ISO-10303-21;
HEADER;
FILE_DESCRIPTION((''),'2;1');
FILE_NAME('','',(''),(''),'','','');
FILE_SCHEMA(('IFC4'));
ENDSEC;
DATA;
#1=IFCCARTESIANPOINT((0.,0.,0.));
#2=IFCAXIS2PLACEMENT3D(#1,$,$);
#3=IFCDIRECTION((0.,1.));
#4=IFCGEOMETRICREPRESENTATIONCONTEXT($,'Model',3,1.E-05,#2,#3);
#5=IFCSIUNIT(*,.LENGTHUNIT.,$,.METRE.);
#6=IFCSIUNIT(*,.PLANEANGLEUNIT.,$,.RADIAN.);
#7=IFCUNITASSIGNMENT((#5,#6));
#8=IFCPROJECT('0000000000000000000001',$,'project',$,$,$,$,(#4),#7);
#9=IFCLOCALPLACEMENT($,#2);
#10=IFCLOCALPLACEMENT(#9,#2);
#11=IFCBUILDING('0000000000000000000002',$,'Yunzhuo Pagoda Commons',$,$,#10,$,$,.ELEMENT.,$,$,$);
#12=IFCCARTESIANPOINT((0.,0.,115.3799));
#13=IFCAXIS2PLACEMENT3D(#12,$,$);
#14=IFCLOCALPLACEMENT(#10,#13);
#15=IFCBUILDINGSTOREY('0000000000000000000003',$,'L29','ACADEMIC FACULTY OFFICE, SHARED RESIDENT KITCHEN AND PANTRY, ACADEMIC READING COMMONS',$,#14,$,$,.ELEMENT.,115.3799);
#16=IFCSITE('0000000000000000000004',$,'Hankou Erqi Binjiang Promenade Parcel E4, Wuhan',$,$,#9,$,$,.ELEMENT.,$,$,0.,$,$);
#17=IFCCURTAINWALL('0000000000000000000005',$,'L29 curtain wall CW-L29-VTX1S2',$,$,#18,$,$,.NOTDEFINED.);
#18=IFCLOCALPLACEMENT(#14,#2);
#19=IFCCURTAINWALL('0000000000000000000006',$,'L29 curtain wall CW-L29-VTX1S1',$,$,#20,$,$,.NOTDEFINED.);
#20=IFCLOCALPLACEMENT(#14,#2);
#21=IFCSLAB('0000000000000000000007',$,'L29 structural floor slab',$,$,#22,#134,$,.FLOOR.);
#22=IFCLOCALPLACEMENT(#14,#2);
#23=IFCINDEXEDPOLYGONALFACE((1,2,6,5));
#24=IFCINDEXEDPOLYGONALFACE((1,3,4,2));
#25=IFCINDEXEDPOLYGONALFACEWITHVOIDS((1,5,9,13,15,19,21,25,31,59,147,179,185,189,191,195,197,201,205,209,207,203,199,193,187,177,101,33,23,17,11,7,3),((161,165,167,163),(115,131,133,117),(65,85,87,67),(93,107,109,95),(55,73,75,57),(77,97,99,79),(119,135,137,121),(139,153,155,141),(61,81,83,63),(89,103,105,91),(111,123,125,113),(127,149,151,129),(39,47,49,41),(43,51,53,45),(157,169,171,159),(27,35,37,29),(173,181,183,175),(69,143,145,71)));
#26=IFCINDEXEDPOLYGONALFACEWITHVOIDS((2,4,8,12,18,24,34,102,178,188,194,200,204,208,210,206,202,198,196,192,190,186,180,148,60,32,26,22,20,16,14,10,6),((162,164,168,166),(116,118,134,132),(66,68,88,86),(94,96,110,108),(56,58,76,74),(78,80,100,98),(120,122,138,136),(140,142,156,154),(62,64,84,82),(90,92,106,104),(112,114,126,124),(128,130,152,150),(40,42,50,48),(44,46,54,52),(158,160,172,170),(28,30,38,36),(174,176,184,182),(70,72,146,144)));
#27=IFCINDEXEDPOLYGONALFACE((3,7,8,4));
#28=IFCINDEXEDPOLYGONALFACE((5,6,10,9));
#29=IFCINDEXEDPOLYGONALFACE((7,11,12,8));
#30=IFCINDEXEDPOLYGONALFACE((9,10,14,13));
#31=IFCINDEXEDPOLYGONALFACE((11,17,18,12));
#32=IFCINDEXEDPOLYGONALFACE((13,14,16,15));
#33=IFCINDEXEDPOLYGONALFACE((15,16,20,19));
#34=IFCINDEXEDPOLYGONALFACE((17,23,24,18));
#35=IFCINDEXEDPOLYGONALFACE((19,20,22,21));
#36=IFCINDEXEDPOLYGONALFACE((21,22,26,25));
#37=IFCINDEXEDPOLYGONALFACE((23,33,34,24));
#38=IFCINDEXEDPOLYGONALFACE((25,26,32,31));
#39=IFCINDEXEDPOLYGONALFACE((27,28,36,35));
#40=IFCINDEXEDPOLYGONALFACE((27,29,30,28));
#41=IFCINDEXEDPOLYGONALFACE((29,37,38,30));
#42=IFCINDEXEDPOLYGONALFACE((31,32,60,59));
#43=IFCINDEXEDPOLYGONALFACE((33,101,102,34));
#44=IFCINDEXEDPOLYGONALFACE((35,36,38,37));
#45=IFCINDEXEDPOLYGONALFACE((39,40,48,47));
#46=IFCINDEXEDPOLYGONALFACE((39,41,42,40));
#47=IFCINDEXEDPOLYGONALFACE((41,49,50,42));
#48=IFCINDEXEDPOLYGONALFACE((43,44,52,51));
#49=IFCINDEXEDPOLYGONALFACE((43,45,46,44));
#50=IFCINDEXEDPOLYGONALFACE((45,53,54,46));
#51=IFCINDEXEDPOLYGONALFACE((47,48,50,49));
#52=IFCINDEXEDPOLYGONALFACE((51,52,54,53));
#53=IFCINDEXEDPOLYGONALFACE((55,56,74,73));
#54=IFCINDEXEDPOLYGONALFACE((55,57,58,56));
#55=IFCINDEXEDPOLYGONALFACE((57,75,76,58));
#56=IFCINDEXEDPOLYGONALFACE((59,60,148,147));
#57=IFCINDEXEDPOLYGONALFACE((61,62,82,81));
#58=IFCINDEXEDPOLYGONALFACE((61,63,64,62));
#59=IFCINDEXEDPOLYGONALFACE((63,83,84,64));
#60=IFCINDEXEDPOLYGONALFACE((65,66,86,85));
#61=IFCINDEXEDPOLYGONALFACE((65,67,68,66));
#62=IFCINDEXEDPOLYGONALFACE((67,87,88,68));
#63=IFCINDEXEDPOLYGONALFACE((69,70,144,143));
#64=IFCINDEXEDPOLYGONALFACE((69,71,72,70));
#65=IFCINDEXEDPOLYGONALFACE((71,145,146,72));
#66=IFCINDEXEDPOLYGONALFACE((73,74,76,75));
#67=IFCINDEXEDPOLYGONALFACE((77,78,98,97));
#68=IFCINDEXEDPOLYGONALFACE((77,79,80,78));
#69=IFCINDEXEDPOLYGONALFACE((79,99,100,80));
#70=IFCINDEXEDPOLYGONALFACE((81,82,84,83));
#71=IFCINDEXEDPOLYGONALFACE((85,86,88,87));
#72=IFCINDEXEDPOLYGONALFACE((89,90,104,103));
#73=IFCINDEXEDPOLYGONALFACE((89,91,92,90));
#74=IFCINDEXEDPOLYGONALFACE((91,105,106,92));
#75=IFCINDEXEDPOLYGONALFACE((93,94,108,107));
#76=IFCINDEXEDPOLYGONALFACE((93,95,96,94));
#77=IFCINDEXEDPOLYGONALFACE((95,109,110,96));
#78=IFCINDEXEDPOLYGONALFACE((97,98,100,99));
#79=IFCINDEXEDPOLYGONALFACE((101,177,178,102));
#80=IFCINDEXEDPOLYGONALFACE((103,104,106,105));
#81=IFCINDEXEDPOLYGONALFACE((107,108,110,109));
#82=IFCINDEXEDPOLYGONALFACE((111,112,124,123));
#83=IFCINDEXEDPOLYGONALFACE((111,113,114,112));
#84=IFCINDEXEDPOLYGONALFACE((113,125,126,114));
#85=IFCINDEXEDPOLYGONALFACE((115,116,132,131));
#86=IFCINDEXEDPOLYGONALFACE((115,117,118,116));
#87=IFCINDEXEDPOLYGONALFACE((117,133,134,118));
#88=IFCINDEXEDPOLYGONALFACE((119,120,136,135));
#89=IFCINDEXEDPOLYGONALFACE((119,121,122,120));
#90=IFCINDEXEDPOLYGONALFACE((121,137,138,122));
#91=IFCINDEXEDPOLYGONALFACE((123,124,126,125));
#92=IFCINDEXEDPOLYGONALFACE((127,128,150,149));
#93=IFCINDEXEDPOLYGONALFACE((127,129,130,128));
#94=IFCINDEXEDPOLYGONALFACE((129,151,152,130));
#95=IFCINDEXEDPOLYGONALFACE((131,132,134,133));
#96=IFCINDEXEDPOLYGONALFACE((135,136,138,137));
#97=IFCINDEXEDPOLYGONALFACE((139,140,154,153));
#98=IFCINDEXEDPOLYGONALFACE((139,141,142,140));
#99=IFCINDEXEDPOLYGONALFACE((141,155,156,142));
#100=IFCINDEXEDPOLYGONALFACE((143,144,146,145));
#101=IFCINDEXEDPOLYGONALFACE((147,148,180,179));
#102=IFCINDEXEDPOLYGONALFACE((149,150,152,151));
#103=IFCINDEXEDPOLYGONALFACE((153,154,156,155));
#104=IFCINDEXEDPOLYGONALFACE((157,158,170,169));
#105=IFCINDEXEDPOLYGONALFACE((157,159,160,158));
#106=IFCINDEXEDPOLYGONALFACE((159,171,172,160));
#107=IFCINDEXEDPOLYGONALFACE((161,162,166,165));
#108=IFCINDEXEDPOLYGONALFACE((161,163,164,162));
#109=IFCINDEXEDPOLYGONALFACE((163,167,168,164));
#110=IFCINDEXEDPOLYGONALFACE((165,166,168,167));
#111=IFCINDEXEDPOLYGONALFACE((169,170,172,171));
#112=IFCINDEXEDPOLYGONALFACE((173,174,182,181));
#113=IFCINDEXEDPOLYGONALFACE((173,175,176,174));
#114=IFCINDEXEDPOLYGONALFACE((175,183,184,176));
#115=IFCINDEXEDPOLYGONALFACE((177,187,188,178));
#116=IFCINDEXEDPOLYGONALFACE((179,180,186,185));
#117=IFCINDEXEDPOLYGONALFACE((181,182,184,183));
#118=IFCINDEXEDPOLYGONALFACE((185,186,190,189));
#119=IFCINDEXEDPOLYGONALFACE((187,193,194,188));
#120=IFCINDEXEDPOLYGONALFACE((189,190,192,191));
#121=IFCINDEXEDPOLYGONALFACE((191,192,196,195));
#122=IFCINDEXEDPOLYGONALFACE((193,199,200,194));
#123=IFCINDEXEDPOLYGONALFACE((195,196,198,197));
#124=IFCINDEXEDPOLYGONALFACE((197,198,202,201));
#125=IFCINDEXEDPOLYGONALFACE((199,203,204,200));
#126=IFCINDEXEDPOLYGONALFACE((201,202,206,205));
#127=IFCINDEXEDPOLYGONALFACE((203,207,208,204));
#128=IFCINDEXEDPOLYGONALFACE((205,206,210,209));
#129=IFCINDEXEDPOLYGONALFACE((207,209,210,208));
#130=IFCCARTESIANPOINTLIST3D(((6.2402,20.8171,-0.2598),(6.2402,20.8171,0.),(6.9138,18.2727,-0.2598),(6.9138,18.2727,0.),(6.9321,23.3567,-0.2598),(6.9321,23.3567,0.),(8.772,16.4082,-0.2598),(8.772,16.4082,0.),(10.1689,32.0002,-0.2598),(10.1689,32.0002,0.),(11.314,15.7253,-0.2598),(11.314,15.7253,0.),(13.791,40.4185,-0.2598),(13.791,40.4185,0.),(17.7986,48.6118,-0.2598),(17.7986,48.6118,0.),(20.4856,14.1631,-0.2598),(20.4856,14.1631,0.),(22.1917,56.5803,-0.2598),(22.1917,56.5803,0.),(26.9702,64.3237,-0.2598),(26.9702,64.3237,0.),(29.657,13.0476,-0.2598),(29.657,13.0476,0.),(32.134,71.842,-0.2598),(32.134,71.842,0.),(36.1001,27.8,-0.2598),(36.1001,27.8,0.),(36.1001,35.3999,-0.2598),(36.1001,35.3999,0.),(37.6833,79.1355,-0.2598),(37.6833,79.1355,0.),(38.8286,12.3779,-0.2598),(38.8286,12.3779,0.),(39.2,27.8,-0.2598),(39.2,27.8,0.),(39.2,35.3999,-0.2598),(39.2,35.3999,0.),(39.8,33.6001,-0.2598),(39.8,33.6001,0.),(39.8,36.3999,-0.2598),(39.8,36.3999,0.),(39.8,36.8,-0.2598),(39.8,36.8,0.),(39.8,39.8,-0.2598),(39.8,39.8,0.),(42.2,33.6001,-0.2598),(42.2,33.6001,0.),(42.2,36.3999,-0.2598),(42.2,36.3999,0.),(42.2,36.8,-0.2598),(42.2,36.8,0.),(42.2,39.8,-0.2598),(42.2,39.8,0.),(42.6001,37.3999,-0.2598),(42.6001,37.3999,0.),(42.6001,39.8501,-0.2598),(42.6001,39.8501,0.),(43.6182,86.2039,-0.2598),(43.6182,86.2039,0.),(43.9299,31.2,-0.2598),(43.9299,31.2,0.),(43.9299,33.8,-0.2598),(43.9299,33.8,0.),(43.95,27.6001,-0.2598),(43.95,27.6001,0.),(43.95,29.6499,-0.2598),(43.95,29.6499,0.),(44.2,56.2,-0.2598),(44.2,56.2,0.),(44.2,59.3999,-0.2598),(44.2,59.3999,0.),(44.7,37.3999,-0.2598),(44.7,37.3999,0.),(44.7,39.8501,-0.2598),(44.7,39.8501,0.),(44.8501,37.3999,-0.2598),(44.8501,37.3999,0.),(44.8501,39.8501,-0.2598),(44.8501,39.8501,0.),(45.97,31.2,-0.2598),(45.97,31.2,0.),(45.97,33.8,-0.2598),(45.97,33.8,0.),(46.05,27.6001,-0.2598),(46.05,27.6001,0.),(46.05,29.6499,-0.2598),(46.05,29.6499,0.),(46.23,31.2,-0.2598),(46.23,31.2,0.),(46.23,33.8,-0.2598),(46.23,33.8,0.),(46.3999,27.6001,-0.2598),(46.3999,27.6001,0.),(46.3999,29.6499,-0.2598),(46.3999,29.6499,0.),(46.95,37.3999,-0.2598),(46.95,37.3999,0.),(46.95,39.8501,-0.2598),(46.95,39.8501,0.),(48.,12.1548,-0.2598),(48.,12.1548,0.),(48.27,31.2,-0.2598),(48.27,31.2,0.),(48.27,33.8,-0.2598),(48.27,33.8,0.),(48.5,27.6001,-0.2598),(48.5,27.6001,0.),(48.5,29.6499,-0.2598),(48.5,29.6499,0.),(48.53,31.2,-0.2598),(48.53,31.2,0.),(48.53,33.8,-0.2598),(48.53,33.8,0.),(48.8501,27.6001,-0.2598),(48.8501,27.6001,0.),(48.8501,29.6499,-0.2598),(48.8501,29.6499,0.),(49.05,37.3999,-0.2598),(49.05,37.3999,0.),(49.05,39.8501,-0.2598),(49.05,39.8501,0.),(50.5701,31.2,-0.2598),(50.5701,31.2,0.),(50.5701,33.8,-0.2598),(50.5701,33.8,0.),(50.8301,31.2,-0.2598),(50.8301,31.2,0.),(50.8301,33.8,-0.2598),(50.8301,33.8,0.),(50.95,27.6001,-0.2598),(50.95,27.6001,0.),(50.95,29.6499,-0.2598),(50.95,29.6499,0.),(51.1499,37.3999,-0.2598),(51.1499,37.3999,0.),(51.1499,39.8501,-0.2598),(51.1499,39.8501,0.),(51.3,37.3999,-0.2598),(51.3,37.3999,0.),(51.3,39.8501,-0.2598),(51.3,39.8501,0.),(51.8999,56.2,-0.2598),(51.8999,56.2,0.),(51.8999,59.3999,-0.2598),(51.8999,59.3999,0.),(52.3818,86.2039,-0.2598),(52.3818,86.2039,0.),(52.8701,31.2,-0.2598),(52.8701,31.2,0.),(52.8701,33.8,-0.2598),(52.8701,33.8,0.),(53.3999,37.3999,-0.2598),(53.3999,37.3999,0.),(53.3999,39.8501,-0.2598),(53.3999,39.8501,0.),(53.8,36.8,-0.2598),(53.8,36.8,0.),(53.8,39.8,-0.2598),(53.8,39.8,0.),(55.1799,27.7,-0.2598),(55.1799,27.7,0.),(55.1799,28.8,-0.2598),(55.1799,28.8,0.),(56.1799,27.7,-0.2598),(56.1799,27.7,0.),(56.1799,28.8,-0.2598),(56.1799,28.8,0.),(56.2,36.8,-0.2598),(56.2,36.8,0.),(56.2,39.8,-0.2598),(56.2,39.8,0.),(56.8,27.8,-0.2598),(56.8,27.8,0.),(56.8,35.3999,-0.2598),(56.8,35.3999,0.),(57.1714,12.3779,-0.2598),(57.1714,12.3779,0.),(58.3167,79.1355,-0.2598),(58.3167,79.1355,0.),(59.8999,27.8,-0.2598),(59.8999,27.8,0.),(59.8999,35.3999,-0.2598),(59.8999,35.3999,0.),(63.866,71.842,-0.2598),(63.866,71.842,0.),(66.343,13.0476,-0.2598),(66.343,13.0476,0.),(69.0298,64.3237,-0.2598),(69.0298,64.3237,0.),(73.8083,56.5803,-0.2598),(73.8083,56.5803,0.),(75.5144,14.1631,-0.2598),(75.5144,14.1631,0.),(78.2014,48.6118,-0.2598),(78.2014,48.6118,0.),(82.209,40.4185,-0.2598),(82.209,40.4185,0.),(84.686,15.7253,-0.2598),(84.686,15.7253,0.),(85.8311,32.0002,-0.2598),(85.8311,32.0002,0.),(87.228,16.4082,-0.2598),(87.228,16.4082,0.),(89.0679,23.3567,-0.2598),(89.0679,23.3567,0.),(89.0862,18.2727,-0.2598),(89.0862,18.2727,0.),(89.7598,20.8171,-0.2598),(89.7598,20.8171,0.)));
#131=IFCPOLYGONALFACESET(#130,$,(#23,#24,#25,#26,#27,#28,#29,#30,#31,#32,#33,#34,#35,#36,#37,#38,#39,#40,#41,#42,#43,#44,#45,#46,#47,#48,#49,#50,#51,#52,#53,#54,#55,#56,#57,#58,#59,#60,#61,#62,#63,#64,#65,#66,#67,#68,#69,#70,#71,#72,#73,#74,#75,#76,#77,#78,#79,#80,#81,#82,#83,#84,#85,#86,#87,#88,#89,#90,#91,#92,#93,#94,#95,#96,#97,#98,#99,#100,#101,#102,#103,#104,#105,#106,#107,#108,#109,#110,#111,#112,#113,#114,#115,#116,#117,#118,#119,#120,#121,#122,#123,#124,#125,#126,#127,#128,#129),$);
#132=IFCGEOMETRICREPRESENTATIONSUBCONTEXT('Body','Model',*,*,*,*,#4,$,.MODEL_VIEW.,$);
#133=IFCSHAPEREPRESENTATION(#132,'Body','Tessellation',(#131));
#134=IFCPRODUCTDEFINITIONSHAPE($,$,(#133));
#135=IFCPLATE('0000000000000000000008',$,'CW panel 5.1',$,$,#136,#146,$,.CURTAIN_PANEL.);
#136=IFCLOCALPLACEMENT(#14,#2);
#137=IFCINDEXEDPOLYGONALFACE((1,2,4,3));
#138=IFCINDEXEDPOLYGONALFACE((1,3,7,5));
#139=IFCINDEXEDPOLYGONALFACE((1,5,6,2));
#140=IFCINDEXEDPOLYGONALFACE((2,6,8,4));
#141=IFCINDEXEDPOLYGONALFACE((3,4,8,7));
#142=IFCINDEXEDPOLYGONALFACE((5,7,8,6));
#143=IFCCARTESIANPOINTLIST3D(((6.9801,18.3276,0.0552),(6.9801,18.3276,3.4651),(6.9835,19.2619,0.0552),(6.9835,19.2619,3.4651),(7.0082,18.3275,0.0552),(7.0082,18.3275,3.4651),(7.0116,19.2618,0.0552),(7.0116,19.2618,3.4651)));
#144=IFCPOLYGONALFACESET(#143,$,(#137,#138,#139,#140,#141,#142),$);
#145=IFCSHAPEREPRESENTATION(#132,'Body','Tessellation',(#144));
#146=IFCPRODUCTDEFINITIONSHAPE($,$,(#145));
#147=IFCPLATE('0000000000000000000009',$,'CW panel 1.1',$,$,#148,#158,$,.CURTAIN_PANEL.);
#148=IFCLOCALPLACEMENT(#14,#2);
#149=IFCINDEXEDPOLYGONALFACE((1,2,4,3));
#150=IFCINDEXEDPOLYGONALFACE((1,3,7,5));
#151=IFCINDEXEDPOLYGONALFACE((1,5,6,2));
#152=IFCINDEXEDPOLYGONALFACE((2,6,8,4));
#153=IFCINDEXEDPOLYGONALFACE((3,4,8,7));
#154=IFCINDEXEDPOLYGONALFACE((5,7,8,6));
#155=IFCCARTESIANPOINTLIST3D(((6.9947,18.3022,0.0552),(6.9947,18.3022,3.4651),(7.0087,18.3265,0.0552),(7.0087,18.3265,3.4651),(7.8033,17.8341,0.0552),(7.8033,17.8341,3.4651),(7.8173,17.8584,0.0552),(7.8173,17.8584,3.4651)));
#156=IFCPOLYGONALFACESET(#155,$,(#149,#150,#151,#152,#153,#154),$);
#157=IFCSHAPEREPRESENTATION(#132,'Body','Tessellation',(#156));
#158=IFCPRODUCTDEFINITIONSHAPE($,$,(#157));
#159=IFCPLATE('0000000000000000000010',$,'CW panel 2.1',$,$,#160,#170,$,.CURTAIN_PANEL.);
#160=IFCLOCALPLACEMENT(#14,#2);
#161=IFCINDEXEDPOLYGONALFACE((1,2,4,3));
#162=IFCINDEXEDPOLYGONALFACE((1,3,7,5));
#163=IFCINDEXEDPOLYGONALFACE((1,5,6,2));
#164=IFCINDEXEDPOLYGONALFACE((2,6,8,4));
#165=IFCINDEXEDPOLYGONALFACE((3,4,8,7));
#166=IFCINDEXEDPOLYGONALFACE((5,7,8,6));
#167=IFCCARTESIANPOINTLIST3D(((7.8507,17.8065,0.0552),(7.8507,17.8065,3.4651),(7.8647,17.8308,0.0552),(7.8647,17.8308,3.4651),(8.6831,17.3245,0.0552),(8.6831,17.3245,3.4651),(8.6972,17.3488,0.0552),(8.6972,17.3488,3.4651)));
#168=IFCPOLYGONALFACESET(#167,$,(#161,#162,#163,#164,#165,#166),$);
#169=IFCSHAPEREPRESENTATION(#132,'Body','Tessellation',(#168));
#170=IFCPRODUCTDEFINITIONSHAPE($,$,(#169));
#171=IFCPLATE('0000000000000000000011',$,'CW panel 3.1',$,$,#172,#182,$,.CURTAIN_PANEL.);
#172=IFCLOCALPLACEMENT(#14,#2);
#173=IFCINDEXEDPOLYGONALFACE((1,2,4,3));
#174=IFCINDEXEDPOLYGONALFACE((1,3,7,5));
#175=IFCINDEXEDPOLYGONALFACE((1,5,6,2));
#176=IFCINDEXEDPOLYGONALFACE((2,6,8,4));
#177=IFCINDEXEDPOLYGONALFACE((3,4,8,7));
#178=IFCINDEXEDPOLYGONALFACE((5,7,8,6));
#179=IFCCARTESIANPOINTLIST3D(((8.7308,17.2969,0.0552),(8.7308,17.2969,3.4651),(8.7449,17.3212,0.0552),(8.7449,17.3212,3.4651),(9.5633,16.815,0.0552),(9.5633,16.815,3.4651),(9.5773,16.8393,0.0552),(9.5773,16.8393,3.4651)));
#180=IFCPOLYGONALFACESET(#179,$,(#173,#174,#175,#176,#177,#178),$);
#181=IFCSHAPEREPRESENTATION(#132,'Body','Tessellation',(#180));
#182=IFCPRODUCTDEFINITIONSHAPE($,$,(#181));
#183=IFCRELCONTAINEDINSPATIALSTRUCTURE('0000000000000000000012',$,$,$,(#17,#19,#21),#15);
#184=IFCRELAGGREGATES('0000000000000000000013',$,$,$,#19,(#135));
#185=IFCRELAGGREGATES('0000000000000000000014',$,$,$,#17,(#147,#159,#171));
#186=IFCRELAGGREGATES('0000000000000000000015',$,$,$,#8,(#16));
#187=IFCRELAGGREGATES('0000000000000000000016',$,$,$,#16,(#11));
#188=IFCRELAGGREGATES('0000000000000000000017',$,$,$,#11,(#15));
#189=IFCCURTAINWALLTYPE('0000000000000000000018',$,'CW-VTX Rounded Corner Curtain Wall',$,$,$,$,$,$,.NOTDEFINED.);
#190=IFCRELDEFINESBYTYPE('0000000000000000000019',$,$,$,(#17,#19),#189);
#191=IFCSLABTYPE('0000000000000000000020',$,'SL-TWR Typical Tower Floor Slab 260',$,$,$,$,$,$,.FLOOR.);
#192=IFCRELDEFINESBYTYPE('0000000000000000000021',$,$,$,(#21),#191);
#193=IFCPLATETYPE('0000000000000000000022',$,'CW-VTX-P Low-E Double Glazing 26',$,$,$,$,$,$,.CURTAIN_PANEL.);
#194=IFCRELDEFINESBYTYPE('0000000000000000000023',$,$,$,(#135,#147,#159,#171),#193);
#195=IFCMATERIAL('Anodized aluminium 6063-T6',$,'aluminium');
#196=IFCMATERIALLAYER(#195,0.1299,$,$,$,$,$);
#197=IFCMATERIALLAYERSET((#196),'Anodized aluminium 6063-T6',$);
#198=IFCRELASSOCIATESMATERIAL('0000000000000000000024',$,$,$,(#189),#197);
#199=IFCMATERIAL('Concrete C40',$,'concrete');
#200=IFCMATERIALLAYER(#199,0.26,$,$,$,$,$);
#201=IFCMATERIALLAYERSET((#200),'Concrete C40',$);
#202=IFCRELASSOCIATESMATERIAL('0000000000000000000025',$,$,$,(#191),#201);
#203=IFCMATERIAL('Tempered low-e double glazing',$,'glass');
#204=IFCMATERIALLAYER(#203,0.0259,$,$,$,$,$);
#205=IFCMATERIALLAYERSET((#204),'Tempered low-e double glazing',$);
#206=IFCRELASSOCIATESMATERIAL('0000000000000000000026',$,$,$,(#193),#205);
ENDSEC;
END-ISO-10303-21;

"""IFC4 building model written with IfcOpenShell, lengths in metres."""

from ifc_helpers import new_model, si_unit, direction, frame, origin, origin_2d, place, context, subcontext, project, spatial, polyline, rectangle, outline, extrude, source, transform, mapped, material, layer, layer_set, type_object, element, aggregate, save


model = new_model("IFC4")

# Units and contexts
model_context = context("Model", 3, precision=1e-05, world=origin(), true_north=direction((0.0, 1.0)))
body_context = subcontext(model_context, "Body", "Model", "MODEL_VIEW")
ifc_project = project(units=[si_unit("LENGTHUNIT", "METRE"), si_unit("PLANEANGLEUNIT", "RADIAN")], contexts=[model_context])

# Site, building, storey
site_placement = place(None, origin())
site = spatial("IfcSite", under=ifc_project, at=site_placement, Name="Hankou Erqi Binjiang Promenade Parcel E4, Wuhan", CompositionType="ELEMENT", RefElevation=0.0)
building_placement = place(site_placement, origin())
building = spatial("IfcBuilding", under=site, at=building_placement, Name="Yunzhuo Pagoda Commons", CompositionType="ELEMENT")
storey_placement = place(building_placement, frame((0.0, 0.0, 115.3799)))
storey = spatial("IfcBuildingStorey", under=building, at=storey_placement, Name="L29", Description="ACADEMIC FACULTY OFFICE, SHARED RESIDENT KITCHEN AND PANTRY, ACADEMIC READING COMMONS", CompositionType="ELEMENT", Elevation=115.3799)

# Curtain wall
ifc_material_1 = material(Name="Anodized aluminium 6063-T6", Category="aluminium")
ifc_layer_1 = layer(ifc_material_1, 0.1299)
ifc_layer_set_1 = layer_set([ifc_layer_1], Name="Anodized aluminium 6063-T6")
curtain_wall_type = type_object("IfcCurtainWallType", Name="CW-VTX Rounded Corner Curtain Wall", PredefinedType="NOTDEFINED", material=ifc_layer_set_1)
curtain_wall_1_placement = place(storey_placement, origin())
curtain_wall_1 = element("IfcCurtainWall", 1, at=curtain_wall_1_placement, inside=storey, type_object=curtain_wall_type, Name="L29 curtain wall CW-L29-VTX1S2", PredefinedType="NOTDEFINED")

# Curtain wall
curtain_wall_2_placement = place(storey_placement, origin())
curtain_wall_2 = element("IfcCurtainWall", 2, at=curtain_wall_2_placement, inside=storey, type_object=curtain_wall_type, Name="L29 curtain wall CW-L29-VTX1S1", PredefinedType="NOTDEFINED")

# Shared definitions
ifc_material_2 = material(Name="Concrete C40", Category="concrete")

# Slab
ifc_layer_2 = layer(ifc_material_2, 0.26)
ifc_layer_set_2 = layer_set([ifc_layer_2], Name="Concrete C40")
slab_type_1 = type_object("IfcSlabType", Name="SL-TWR Typical Tower Floor Slab 260", PredefinedType="FLOOR", material=ifc_layer_set_2)
slab_1_placement = place(storey_placement, frame((0.0, 0.0, -0.2598)))
element("IfcSlab", 3, at=slab_1_placement, inside=storey, type_object=slab_type_1, Name="L29 structural floor slab", PredefinedType="FLOOR", context=body_context, shape_type="SweptSolid", body=[
    extrude(outline(polyline([(10.1689, 32.0002), (13.791, 40.4185), (17.7986, 48.6118), (22.1917, 56.5803), (26.9702, 64.3237), (32.134, 71.842), (37.6833, 79.1355), (43.6182, 86.2039), (52.3818, 86.2039), (58.3167, 79.1355), (63.866, 71.842), (69.0298, 64.3237), (73.8083, 56.5803), (78.2014, 48.6118), (82.209, 40.4185), (85.8311, 32.0002), (89.0679, 23.3567), (89.7598, 20.8171), (89.0862, 18.2727), (87.228, 16.4082), (84.686, 15.7253), (75.5144, 14.1631), (66.343, 13.0476), (57.1714, 12.3779), (48.0, 12.1548), (38.8286, 12.3779), (29.657, 13.0476), (20.4856, 14.1631), (11.314, 15.7253), (8.772, 16.4082), (6.9138, 18.2727), (6.2402, 20.8171), (6.9321, 23.3567), (10.1689, 32.0002)]), holes=[polyline([(46.05, 27.6001), (46.05, 29.6499), (43.95, 29.6499), (43.95, 27.6001), (46.05, 27.6001)]), polyline([(48.5, 27.6001), (48.5, 29.6499), (46.3999, 29.6499), (46.3999, 27.6001), (48.5, 27.6001)]), polyline([(36.1001, 27.8), (39.2, 27.8), (39.2, 35.3999), (36.1001, 35.3999), (36.1001, 27.8)]), polyline([(45.97, 31.2), (45.97, 33.8), (43.9299, 33.8), (43.9299, 31.2), (45.97, 31.2)]), polyline([(48.27, 31.2), (48.27, 33.8), (46.23, 33.8), (46.23, 31.2), (48.27, 31.2)]), polyline([(42.2, 33.6001), (42.2, 36.3999), (39.8, 36.3999), (39.8, 33.6001), (42.2, 33.6001)]), polyline([(42.2, 36.8), (42.2, 39.8), (39.8, 39.8), (39.8, 36.8), (42.2, 36.8)]), polyline([(42.6001, 37.3999), (44.7, 37.3999), (44.7, 39.8501), (42.6001, 39.8501), (42.6001, 37.3999)]), polyline([(44.8501, 37.3999), (46.95, 37.3999), (46.95, 39.8501), (44.8501, 39.8501), (44.8501, 37.3999)]), polyline([(56.1799, 27.7), (56.1799, 28.8), (55.1799, 28.8), (55.1799, 27.7), (56.1799, 27.7)]), polyline([(50.95, 27.6001), (50.95, 29.6499), (48.8501, 29.6499), (48.8501, 27.6001), (50.95, 27.6001)]), polyline([(56.8, 27.8), (59.8999, 27.8), (59.8999, 35.3999), (56.8, 35.3999), (56.8, 27.8)]), polyline([(50.5701, 31.2), (50.5701, 33.8), (48.53, 33.8), (48.53, 31.2), (50.5701, 31.2)]), polyline([(52.8701, 31.2), (52.8701, 33.8), (50.8301, 33.8), (50.8301, 31.2), (52.8701, 31.2)]), polyline([(56.2, 36.8), (56.2, 39.8), (53.8, 39.8), (53.8, 36.8), (56.2, 36.8)]), polyline([(51.1499, 37.3999), (51.1499, 39.8501), (49.05, 39.8501), (49.05, 37.3999), (51.1499, 37.3999)]), polyline([(51.3, 37.3999), (53.3999, 37.3999), (53.3999, 39.8501), (51.3, 39.8501), (51.3, 37.3999)]), polyline([(44.2, 56.2), (51.8999, 56.2), (51.8999, 59.3999), (44.2, 59.3999), (44.2, 56.2)])]), origin(), (0.0, 0.0, 1.0), 0.2598),
])

# Plates
ifc_material_3 = material(Name="Tempered low-e double glazing", Category="glass")
ifc_layer_3 = layer(ifc_material_3, 0.0259)
ifc_layer_set_3 = layer_set([ifc_layer_3], Name="Tempered low-e double glazing")
plate_type = type_object("IfcPlateType", Name="CW-VTX-P Low-E Double Glazing 26", PredefinedType="CURTAIN_PANEL", material=ifc_layer_set_3)
shared_shape_1 = source(origin(), body_context, "Body", "SweptSolid", [
    extrude(rectangle(XDim=0.9343, YDim=0.0281, at=origin_2d()), origin(), (0.0, 0.0, 1.0), 3.4099),
])
plate_1_placement = place(storey_placement, frame((6.9958, 18.7947, 0.0552), z_axis=(0.0, 0.0, 1.0), x_axis=(-0.003599, -0.999994, 0.0)))
plate_1 = element("IfcPlate", 4, at=plate_1_placement, type_object=plate_type, Name="CW panel 5.1", PredefinedType="CURTAIN_PANEL", context=body_context, shape_type="MappedRepresentation", body=[
    mapped(shared_shape_1, transform((0.0, 0.0, 0.0), scale=1.0)),
])
aggregate(curtain_wall_2, [plate_1])
plate_2_placement = place(storey_placement, frame((7.406, 18.0803, 0.0552), z_axis=(0.0, 0.0, 1.0), x_axis=(0.865429, -0.501032, 0.0)))
plate_2 = element("IfcPlate", 5, at=plate_2_placement, type_object=plate_type, Name="CW panel 1.1", PredefinedType="CURTAIN_PANEL", context=body_context, shape_type="MappedRepresentation", body=[
    mapped(shared_shape_1, transform((0.0, 0.0, 0.0), scale=1.0)),
])
shared_shape_2 = source(origin(), body_context, "Body", "SweptSolid", [
    extrude(rectangle(XDim=0.9619, YDim=0.0281, at=origin_2d()), origin(), (0.0, 0.0, 1.0), 3.4099),
])
plate_3_placement = place(storey_placement, frame((8.2739, 17.5776, 0.0552), z_axis=(0.0, 0.0, 1.0), x_axis=(0.865429, -0.501032, 0.0)))
plate_3 = element("IfcPlate", 6, at=plate_3_placement, type_object=plate_type, Name="CW panel 2.1", PredefinedType="CURTAIN_PANEL", context=body_context, shape_type="MappedRepresentation", body=[
    mapped(shared_shape_2, transform((0.0, 0.0, 0.0), scale=1.0)),
])
plate_4_placement = place(storey_placement, frame((9.1541, 17.0681, 0.0552), z_axis=(0.0, 0.0, 1.0), x_axis=(0.865429, -0.501032, 0.0)))
plate_4 = element("IfcPlate", 7, at=plate_4_placement, type_object=plate_type, Name="CW panel 3.1", PredefinedType="CURTAIN_PANEL", context=body_context, shape_type="MappedRepresentation", body=[
    mapped(shared_shape_2, transform((0.0, 0.0, 0.0), scale=1.0)),
])
aggregate(curtain_wall_1, [plate_2, plate_3, plate_4])

save(model, "model.ifc")
